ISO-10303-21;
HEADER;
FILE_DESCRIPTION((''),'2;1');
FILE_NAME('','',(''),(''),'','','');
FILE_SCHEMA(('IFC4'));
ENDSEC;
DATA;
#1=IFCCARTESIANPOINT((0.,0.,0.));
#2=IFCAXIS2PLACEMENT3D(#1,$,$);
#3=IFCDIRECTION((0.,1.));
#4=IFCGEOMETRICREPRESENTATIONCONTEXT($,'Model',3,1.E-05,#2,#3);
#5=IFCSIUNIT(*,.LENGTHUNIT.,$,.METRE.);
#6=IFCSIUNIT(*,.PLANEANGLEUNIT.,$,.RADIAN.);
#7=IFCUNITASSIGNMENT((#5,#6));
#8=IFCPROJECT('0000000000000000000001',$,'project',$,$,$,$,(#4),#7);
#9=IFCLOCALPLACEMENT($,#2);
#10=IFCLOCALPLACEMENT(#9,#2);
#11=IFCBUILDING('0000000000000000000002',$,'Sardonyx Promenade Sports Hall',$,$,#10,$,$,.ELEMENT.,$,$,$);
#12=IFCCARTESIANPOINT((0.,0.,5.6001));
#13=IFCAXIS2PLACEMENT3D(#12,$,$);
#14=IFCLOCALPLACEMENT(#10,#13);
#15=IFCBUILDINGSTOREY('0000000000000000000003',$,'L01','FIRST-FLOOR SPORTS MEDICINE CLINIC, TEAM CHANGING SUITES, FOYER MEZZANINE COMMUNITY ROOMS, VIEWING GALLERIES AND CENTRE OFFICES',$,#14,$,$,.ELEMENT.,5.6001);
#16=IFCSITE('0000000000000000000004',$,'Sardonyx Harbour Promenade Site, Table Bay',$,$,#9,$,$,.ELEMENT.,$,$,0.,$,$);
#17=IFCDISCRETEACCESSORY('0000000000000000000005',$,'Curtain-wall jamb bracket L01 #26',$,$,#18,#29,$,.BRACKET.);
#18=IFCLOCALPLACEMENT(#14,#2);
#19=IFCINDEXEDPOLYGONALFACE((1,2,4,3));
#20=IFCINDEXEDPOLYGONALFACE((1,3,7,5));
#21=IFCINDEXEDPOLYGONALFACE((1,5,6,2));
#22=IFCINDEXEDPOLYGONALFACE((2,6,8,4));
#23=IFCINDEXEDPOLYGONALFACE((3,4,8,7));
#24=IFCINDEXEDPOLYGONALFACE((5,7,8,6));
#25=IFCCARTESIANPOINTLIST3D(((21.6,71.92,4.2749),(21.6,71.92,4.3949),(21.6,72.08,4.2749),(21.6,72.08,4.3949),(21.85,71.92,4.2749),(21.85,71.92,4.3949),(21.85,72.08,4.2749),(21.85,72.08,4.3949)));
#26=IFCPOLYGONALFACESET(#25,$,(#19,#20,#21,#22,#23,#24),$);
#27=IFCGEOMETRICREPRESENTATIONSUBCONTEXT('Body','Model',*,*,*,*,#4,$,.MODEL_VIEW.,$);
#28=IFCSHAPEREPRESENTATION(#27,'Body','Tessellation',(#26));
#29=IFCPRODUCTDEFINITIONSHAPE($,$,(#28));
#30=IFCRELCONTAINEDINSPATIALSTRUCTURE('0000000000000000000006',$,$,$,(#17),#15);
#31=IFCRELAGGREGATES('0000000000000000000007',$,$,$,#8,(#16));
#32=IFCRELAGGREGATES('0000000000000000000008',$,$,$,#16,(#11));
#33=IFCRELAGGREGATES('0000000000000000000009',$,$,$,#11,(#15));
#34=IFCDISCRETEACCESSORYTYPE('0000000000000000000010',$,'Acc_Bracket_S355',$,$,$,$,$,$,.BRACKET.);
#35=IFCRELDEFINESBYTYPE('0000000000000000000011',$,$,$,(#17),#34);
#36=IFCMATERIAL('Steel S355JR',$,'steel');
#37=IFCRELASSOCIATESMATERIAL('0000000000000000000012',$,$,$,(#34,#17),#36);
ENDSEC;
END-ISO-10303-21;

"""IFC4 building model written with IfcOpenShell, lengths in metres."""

from ifc_helpers import new_model, si_unit, direction, frame, origin, place, context, subcontext, project, spatial, rectangle, extrude, material, type_object, element, save


model = new_model("IFC4")

# Units and contexts
model_context = context("Model", 3, precision=1e-05, world=origin(), true_north=direction((0.0, 1.0)))
body_context = subcontext(model_context, "Body", "Model", "MODEL_VIEW")
ifc_project = project(units=[si_unit("LENGTHUNIT", "METRE"), si_unit("PLANEANGLEUNIT", "RADIAN")], contexts=[model_context])

# Site, building, storey
site_placement = place(None, origin())
site = spatial("IfcSite", under=ifc_project, at=site_placement, Name="Sardonyx Harbour Promenade Site, Table Bay", CompositionType="ELEMENT", RefElevation=0.0)
building_placement = place(site_placement, origin())
building = spatial("IfcBuilding", under=site, at=building_placement, Name="Sardonyx Promenade Sports Hall", CompositionType="ELEMENT")
storey_placement = place(building_placement, frame((0.0, 0.0, 5.6001)))
storey = spatial("IfcBuildingStorey", under=building, at=storey_placement, Name="L01", Description="FIRST-FLOOR SPORTS MEDICINE CLINIC, TEAM CHANGING SUITES, FOYER MEZZANINE COMMUNITY ROOMS, VIEWING GALLERIES AND CENTRE OFFICES", CompositionType="ELEMENT", Elevation=5.6001)

# Discrete accessory
ifc_material_1 = material(Name="Steel S355JR", Category="steel")
discrete_accessory_type = type_object("IfcDiscreteAccessoryType", Name="Acc_Bracket_S355", PredefinedType="BRACKET", material=ifc_material_1)
for number, where, z_axis, x_axis, name in (
    (1, (21.725, 72.0, 4.2749), (0.0, 0.0, 1.0), (1.0, 0.0, 0.0), "Curtain-wall jamb bracket L01 #26"),
):
    element("IfcDiscreteAccessory", number, at=place(storey_placement, frame(where, z_axis=z_axis, x_axis=x_axis)), inside=storey, type_object=discrete_accessory_type, material=ifc_material_1, Name=name, PredefinedType="BRACKET", context=body_context, shape_type="SweptSolid", body=[
        extrude(rectangle(XDim=0.25, YDim=0.16), origin(), (0.0, 0.0, 1.0), 0.12),
    ])

save(model, "model.ifc")
